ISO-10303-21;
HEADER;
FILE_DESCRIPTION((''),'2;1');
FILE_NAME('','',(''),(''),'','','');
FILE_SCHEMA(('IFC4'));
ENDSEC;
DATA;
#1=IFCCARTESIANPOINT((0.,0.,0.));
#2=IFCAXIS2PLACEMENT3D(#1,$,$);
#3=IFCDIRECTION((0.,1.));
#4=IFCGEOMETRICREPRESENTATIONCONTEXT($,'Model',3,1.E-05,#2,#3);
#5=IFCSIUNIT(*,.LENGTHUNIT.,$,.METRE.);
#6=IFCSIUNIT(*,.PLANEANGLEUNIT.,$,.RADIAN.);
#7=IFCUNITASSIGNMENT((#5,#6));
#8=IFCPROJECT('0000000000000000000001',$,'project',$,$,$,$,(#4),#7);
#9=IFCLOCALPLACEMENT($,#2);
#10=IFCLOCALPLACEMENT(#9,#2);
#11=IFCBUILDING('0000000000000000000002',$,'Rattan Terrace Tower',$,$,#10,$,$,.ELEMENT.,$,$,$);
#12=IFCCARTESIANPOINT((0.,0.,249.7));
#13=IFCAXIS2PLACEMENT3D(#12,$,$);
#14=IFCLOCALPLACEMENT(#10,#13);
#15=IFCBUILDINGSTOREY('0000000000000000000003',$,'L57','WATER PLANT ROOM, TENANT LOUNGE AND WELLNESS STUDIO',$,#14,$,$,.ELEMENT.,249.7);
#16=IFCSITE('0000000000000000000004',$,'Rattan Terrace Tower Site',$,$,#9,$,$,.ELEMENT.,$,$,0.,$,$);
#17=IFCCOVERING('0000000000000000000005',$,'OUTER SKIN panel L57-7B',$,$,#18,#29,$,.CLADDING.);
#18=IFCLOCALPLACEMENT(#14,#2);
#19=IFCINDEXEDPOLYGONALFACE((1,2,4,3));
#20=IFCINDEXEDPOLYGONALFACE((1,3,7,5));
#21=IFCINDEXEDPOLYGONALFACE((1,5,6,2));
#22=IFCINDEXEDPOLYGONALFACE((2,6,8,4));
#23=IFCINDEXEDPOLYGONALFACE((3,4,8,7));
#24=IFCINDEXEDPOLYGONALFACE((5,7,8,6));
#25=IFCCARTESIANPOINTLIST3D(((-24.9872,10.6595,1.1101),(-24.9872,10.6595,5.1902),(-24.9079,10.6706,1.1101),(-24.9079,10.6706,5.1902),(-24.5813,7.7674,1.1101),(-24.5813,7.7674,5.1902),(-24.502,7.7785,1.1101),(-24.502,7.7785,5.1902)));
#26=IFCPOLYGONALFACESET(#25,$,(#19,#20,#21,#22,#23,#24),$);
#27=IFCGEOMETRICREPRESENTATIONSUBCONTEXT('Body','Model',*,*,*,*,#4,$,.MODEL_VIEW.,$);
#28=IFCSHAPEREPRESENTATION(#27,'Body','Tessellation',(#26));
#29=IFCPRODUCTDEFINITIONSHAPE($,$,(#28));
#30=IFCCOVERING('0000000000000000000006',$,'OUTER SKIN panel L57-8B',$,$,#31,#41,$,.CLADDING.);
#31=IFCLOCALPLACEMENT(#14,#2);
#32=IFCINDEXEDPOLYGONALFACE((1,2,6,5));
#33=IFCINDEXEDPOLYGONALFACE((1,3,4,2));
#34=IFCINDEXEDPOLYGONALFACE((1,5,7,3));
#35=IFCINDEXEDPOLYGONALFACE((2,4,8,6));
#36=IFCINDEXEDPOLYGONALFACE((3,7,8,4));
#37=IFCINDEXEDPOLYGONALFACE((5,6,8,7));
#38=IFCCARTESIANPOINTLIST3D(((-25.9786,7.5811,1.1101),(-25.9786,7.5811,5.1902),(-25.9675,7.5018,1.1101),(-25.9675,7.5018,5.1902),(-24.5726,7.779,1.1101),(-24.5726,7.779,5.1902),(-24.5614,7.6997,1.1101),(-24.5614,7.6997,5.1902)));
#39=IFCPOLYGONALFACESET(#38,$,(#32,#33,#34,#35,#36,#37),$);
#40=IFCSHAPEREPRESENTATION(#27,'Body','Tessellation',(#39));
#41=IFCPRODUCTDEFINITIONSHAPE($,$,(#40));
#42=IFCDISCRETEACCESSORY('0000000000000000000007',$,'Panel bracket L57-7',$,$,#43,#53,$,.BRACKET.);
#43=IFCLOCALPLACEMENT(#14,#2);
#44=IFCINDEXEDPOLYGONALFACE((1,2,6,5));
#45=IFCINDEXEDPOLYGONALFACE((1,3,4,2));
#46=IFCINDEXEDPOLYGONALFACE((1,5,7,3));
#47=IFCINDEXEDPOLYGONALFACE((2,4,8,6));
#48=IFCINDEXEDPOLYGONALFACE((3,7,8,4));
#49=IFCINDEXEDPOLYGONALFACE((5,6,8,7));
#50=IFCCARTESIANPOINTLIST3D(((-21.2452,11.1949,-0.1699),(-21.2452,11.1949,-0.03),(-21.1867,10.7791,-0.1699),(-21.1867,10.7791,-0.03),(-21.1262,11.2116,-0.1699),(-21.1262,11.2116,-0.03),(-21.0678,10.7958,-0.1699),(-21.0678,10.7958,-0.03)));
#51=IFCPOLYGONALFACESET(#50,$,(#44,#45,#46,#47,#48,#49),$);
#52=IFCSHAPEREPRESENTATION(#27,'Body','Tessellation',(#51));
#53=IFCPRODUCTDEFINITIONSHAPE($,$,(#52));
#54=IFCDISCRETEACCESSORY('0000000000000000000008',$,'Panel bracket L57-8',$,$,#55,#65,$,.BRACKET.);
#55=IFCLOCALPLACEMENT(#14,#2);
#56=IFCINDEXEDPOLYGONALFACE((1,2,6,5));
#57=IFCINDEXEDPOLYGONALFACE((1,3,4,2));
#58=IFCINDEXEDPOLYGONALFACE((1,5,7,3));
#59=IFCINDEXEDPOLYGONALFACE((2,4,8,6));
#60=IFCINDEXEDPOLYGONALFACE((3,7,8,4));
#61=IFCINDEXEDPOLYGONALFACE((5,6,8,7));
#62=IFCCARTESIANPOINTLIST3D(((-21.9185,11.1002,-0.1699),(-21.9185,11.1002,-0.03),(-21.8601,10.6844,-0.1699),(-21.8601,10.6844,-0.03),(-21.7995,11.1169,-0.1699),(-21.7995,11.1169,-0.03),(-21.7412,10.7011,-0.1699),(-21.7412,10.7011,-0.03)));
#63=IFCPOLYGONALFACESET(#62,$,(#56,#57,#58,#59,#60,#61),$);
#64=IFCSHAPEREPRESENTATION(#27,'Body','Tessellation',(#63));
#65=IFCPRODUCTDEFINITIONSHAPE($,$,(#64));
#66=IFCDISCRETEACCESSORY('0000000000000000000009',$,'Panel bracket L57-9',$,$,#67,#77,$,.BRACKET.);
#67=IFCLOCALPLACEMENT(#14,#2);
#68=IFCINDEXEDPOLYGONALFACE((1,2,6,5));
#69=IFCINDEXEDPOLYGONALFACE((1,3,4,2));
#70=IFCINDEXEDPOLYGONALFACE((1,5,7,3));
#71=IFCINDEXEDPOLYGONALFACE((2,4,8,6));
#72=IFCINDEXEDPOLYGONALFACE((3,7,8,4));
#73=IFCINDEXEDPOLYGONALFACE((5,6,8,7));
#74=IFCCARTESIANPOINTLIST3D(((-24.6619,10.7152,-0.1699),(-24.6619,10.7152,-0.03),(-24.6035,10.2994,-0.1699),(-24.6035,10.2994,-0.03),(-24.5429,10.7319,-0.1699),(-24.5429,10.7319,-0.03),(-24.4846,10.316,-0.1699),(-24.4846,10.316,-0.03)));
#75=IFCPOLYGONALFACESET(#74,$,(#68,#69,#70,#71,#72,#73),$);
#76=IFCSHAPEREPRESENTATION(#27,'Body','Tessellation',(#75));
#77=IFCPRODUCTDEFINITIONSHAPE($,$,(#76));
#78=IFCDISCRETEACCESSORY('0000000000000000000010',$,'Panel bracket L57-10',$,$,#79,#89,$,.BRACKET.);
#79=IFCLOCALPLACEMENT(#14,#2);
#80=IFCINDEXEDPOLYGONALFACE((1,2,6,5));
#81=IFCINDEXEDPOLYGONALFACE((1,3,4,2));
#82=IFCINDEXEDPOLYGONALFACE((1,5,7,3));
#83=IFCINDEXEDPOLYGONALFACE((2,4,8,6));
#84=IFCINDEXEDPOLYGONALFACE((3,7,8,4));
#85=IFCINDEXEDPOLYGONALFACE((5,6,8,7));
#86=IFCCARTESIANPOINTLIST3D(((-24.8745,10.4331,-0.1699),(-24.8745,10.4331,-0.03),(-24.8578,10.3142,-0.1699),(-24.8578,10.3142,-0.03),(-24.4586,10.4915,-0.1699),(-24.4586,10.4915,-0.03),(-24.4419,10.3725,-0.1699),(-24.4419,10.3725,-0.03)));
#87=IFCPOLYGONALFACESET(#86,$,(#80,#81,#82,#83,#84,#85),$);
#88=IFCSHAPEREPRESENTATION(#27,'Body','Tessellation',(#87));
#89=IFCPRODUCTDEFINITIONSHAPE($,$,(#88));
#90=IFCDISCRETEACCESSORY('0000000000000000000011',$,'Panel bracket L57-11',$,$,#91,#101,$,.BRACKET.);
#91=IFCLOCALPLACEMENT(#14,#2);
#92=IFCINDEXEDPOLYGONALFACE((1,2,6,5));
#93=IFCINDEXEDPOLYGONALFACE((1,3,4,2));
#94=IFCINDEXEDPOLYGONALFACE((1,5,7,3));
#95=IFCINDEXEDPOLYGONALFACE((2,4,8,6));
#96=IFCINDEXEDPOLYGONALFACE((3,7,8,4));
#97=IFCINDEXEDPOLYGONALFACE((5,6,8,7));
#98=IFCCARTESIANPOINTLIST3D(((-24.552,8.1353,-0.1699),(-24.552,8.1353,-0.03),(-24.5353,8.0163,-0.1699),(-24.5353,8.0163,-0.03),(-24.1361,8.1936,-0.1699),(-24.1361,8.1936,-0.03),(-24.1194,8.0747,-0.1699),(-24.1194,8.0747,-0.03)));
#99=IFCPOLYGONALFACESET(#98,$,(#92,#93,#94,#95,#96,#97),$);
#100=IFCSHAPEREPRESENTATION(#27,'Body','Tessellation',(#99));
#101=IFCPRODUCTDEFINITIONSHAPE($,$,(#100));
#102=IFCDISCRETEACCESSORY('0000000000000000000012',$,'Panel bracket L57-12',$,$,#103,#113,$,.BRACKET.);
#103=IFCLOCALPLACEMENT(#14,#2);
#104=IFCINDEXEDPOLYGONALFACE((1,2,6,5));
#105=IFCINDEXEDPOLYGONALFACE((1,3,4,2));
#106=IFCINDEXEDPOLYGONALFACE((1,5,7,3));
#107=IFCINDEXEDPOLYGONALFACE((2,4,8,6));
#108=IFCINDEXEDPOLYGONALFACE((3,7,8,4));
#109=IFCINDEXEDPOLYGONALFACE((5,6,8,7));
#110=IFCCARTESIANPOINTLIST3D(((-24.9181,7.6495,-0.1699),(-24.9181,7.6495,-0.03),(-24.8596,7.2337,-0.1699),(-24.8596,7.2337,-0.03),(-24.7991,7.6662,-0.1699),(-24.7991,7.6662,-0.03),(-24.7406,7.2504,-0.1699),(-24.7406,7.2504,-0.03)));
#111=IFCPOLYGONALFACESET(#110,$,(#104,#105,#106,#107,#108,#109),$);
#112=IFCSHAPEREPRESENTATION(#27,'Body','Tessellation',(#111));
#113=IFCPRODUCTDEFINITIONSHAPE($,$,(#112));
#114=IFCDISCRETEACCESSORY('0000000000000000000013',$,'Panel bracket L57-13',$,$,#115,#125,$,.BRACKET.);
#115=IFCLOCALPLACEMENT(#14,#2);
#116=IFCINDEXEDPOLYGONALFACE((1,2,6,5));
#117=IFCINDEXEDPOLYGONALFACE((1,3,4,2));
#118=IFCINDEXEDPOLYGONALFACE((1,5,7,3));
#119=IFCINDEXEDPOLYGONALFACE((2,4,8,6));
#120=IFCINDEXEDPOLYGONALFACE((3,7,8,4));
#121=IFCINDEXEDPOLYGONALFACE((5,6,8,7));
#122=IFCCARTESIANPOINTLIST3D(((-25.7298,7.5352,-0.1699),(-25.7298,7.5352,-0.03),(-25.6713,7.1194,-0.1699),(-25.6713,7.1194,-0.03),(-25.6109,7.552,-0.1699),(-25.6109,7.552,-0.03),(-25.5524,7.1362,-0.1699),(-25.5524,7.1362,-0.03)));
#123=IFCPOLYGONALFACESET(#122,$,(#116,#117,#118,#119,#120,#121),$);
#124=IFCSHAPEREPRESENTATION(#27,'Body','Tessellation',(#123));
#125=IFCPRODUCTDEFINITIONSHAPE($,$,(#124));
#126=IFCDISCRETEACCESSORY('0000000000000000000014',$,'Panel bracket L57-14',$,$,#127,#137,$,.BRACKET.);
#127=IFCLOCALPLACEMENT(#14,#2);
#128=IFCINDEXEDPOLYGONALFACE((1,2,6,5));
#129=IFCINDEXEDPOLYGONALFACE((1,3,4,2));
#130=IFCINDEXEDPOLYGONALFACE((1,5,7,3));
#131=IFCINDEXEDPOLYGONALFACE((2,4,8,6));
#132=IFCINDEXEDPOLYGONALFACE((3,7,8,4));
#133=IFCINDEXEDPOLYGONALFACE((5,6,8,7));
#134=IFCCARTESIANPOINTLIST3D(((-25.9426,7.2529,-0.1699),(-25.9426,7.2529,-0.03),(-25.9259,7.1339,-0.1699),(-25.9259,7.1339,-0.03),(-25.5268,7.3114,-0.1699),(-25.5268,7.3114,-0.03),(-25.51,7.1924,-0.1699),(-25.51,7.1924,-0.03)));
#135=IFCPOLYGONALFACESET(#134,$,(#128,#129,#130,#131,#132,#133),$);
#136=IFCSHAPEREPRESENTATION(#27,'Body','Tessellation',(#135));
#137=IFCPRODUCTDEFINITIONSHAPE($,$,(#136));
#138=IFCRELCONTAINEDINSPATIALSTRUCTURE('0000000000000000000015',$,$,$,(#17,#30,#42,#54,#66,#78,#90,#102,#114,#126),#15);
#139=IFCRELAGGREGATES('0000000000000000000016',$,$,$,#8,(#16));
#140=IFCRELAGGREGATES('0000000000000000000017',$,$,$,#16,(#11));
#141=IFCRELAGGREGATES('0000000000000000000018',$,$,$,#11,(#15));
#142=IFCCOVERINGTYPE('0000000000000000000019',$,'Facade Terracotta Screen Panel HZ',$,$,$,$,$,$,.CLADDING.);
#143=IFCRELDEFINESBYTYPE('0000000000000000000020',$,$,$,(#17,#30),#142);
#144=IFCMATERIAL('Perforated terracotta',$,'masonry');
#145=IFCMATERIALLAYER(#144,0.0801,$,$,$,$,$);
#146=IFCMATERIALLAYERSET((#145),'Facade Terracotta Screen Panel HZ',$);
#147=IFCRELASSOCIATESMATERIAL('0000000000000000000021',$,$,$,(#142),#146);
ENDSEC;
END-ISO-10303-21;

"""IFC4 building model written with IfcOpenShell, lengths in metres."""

from ifc_helpers import new_model, si_unit, direction, frame, origin, origin_2d, place, context, subcontext, project, spatial, rectangle, extrude, material, layer, layer_set, type_object, element, save


model = new_model("IFC4")

# Units and contexts
model_context = context("Model", 3, precision=1e-05, world=origin(), true_north=direction((0.0, 1.0)))
body_context = subcontext(model_context, "Body", "Model", "MODEL_VIEW")
ifc_project = project(units=[si_unit("LENGTHUNIT", "METRE"), si_unit("PLANEANGLEUNIT", "RADIAN")], contexts=[model_context])

# Site, building, storey
site_placement = place(None, origin())
site = spatial("IfcSite", under=ifc_project, at=site_placement, Name="Rattan Terrace Tower Site", CompositionType="ELEMENT", RefElevation=0.0)
building_placement = place(site_placement, origin())
building = spatial("IfcBuilding", under=site, at=building_placement, Name="Rattan Terrace Tower", CompositionType="ELEMENT")
storey_placement = place(building_placement, frame((0.0, 0.0, 249.7)))
storey = spatial("IfcBuildingStorey", under=building, at=storey_placement, Name="L57", Description="WATER PLANT ROOM, TENANT LOUNGE AND WELLNESS STUDIO", CompositionType="ELEMENT", Elevation=249.7)

# Coverings
ifc_material_1 = material(Name="Perforated terracotta", Category="masonry")
ifc_layer_1 = layer(ifc_material_1, 0.0801)
ifc_layer_set_1 = layer_set([ifc_layer_1], Name="Facade Terracotta Screen Panel HZ")
covering_type_1 = type_object("IfcCoveringType", Name="Facade Terracotta Screen Panel HZ", PredefinedType="CLADDING", material=ifc_layer_set_1)
covering_1_placement = place(storey_placement, frame((-24.7446, 9.219, 1.1101), z_axis=(0.0, 0.0, 1.0), x_axis=(0.138994, -0.990293, 0.0)))
element("IfcCovering", 1, at=covering_1_placement, inside=storey, type_object=covering_type_1, Name="OUTER SKIN panel L57-7B", PredefinedType="CLADDING", context=body_context, shape_type="SweptSolid", body=[
    extrude(rectangle(XDim=2.9204, YDim=0.0801, at=origin_2d()), origin(), (0.0, 0.0, 1.0), 4.0801),
])
covering_2_placement = place(storey_placement, frame((-25.27, 7.6404, 1.1101), z_axis=(0.0, 0.0, 1.0), x_axis=(-0.990241, -0.139367, 0.0)))
element("IfcCovering", 2, at=covering_2_placement, inside=storey, type_object=covering_type_1, Name="OUTER SKIN panel L57-8B", PredefinedType="CLADDING", context=body_context, shape_type="SweptSolid", body=[
    extrude(rectangle(XDim=1.4199, YDim=0.0801, at=origin_2d()), origin(), (0.0, 0.0, 1.0), 4.0801),
])

# Discrete accessories
for number, where, z_axis, x_axis, name in (
    (3, (-21.1565, 10.9954, -0.1699), (0.0, 0.0, 1.0), (-0.990266, -0.139189, 0.0), "Panel bracket L57-7"),
    (4, (-21.8298, 10.9006, -0.1699), (0.0, 0.0, 1.0), (-0.990293, -0.138994, 0.0), "Panel bracket L57-8"),
    (5, (-24.5732, 10.5156, -0.1699), (0.0, 0.0, 1.0), (-0.990293, -0.138994, 0.0), "Panel bracket L57-9"),
    (6, (-24.6582, 10.4028, -0.1699), (0.0, 0.0, 1.0), (0.138994, -0.990293, 0.0), "Panel bracket L57-10"),
    (7, (-24.3357, 8.105, -0.1699), (0.0, 0.0, 1.0), (0.138994, -0.990293, 0.0), "Panel bracket L57-11"),
    (8, (-24.8293, 7.45, -0.1699), (0.0, 0.0, 1.0), (-0.990241, -0.139367, 0.0), "Panel bracket L57-12"),
    (9, (-25.6411, 7.3357, -0.1699), (0.0, 0.0, 1.0), (-0.990241, -0.139367, 0.0), "Panel bracket L57-13"),
    (10, (-25.7263, 7.2227, -0.1699), (0.0, 0.0, 1.0), (0.139367, -0.990241, 0.0), "Panel bracket L57-14"),
):
    element("IfcDiscreteAccessory", number, at=place(storey_placement, frame(where, z_axis=z_axis, x_axis=x_axis)), inside=storey, Name=name, PredefinedType="BRACKET", context=body_context, shape_type="SweptSolid", body=[
        extrude(rectangle(XDim=0.1201, YDim=0.4199, at=origin_2d()), origin(), (0.0, 0.0, 1.0), 0.1399),
    ])

save(model, "model.ifc")
